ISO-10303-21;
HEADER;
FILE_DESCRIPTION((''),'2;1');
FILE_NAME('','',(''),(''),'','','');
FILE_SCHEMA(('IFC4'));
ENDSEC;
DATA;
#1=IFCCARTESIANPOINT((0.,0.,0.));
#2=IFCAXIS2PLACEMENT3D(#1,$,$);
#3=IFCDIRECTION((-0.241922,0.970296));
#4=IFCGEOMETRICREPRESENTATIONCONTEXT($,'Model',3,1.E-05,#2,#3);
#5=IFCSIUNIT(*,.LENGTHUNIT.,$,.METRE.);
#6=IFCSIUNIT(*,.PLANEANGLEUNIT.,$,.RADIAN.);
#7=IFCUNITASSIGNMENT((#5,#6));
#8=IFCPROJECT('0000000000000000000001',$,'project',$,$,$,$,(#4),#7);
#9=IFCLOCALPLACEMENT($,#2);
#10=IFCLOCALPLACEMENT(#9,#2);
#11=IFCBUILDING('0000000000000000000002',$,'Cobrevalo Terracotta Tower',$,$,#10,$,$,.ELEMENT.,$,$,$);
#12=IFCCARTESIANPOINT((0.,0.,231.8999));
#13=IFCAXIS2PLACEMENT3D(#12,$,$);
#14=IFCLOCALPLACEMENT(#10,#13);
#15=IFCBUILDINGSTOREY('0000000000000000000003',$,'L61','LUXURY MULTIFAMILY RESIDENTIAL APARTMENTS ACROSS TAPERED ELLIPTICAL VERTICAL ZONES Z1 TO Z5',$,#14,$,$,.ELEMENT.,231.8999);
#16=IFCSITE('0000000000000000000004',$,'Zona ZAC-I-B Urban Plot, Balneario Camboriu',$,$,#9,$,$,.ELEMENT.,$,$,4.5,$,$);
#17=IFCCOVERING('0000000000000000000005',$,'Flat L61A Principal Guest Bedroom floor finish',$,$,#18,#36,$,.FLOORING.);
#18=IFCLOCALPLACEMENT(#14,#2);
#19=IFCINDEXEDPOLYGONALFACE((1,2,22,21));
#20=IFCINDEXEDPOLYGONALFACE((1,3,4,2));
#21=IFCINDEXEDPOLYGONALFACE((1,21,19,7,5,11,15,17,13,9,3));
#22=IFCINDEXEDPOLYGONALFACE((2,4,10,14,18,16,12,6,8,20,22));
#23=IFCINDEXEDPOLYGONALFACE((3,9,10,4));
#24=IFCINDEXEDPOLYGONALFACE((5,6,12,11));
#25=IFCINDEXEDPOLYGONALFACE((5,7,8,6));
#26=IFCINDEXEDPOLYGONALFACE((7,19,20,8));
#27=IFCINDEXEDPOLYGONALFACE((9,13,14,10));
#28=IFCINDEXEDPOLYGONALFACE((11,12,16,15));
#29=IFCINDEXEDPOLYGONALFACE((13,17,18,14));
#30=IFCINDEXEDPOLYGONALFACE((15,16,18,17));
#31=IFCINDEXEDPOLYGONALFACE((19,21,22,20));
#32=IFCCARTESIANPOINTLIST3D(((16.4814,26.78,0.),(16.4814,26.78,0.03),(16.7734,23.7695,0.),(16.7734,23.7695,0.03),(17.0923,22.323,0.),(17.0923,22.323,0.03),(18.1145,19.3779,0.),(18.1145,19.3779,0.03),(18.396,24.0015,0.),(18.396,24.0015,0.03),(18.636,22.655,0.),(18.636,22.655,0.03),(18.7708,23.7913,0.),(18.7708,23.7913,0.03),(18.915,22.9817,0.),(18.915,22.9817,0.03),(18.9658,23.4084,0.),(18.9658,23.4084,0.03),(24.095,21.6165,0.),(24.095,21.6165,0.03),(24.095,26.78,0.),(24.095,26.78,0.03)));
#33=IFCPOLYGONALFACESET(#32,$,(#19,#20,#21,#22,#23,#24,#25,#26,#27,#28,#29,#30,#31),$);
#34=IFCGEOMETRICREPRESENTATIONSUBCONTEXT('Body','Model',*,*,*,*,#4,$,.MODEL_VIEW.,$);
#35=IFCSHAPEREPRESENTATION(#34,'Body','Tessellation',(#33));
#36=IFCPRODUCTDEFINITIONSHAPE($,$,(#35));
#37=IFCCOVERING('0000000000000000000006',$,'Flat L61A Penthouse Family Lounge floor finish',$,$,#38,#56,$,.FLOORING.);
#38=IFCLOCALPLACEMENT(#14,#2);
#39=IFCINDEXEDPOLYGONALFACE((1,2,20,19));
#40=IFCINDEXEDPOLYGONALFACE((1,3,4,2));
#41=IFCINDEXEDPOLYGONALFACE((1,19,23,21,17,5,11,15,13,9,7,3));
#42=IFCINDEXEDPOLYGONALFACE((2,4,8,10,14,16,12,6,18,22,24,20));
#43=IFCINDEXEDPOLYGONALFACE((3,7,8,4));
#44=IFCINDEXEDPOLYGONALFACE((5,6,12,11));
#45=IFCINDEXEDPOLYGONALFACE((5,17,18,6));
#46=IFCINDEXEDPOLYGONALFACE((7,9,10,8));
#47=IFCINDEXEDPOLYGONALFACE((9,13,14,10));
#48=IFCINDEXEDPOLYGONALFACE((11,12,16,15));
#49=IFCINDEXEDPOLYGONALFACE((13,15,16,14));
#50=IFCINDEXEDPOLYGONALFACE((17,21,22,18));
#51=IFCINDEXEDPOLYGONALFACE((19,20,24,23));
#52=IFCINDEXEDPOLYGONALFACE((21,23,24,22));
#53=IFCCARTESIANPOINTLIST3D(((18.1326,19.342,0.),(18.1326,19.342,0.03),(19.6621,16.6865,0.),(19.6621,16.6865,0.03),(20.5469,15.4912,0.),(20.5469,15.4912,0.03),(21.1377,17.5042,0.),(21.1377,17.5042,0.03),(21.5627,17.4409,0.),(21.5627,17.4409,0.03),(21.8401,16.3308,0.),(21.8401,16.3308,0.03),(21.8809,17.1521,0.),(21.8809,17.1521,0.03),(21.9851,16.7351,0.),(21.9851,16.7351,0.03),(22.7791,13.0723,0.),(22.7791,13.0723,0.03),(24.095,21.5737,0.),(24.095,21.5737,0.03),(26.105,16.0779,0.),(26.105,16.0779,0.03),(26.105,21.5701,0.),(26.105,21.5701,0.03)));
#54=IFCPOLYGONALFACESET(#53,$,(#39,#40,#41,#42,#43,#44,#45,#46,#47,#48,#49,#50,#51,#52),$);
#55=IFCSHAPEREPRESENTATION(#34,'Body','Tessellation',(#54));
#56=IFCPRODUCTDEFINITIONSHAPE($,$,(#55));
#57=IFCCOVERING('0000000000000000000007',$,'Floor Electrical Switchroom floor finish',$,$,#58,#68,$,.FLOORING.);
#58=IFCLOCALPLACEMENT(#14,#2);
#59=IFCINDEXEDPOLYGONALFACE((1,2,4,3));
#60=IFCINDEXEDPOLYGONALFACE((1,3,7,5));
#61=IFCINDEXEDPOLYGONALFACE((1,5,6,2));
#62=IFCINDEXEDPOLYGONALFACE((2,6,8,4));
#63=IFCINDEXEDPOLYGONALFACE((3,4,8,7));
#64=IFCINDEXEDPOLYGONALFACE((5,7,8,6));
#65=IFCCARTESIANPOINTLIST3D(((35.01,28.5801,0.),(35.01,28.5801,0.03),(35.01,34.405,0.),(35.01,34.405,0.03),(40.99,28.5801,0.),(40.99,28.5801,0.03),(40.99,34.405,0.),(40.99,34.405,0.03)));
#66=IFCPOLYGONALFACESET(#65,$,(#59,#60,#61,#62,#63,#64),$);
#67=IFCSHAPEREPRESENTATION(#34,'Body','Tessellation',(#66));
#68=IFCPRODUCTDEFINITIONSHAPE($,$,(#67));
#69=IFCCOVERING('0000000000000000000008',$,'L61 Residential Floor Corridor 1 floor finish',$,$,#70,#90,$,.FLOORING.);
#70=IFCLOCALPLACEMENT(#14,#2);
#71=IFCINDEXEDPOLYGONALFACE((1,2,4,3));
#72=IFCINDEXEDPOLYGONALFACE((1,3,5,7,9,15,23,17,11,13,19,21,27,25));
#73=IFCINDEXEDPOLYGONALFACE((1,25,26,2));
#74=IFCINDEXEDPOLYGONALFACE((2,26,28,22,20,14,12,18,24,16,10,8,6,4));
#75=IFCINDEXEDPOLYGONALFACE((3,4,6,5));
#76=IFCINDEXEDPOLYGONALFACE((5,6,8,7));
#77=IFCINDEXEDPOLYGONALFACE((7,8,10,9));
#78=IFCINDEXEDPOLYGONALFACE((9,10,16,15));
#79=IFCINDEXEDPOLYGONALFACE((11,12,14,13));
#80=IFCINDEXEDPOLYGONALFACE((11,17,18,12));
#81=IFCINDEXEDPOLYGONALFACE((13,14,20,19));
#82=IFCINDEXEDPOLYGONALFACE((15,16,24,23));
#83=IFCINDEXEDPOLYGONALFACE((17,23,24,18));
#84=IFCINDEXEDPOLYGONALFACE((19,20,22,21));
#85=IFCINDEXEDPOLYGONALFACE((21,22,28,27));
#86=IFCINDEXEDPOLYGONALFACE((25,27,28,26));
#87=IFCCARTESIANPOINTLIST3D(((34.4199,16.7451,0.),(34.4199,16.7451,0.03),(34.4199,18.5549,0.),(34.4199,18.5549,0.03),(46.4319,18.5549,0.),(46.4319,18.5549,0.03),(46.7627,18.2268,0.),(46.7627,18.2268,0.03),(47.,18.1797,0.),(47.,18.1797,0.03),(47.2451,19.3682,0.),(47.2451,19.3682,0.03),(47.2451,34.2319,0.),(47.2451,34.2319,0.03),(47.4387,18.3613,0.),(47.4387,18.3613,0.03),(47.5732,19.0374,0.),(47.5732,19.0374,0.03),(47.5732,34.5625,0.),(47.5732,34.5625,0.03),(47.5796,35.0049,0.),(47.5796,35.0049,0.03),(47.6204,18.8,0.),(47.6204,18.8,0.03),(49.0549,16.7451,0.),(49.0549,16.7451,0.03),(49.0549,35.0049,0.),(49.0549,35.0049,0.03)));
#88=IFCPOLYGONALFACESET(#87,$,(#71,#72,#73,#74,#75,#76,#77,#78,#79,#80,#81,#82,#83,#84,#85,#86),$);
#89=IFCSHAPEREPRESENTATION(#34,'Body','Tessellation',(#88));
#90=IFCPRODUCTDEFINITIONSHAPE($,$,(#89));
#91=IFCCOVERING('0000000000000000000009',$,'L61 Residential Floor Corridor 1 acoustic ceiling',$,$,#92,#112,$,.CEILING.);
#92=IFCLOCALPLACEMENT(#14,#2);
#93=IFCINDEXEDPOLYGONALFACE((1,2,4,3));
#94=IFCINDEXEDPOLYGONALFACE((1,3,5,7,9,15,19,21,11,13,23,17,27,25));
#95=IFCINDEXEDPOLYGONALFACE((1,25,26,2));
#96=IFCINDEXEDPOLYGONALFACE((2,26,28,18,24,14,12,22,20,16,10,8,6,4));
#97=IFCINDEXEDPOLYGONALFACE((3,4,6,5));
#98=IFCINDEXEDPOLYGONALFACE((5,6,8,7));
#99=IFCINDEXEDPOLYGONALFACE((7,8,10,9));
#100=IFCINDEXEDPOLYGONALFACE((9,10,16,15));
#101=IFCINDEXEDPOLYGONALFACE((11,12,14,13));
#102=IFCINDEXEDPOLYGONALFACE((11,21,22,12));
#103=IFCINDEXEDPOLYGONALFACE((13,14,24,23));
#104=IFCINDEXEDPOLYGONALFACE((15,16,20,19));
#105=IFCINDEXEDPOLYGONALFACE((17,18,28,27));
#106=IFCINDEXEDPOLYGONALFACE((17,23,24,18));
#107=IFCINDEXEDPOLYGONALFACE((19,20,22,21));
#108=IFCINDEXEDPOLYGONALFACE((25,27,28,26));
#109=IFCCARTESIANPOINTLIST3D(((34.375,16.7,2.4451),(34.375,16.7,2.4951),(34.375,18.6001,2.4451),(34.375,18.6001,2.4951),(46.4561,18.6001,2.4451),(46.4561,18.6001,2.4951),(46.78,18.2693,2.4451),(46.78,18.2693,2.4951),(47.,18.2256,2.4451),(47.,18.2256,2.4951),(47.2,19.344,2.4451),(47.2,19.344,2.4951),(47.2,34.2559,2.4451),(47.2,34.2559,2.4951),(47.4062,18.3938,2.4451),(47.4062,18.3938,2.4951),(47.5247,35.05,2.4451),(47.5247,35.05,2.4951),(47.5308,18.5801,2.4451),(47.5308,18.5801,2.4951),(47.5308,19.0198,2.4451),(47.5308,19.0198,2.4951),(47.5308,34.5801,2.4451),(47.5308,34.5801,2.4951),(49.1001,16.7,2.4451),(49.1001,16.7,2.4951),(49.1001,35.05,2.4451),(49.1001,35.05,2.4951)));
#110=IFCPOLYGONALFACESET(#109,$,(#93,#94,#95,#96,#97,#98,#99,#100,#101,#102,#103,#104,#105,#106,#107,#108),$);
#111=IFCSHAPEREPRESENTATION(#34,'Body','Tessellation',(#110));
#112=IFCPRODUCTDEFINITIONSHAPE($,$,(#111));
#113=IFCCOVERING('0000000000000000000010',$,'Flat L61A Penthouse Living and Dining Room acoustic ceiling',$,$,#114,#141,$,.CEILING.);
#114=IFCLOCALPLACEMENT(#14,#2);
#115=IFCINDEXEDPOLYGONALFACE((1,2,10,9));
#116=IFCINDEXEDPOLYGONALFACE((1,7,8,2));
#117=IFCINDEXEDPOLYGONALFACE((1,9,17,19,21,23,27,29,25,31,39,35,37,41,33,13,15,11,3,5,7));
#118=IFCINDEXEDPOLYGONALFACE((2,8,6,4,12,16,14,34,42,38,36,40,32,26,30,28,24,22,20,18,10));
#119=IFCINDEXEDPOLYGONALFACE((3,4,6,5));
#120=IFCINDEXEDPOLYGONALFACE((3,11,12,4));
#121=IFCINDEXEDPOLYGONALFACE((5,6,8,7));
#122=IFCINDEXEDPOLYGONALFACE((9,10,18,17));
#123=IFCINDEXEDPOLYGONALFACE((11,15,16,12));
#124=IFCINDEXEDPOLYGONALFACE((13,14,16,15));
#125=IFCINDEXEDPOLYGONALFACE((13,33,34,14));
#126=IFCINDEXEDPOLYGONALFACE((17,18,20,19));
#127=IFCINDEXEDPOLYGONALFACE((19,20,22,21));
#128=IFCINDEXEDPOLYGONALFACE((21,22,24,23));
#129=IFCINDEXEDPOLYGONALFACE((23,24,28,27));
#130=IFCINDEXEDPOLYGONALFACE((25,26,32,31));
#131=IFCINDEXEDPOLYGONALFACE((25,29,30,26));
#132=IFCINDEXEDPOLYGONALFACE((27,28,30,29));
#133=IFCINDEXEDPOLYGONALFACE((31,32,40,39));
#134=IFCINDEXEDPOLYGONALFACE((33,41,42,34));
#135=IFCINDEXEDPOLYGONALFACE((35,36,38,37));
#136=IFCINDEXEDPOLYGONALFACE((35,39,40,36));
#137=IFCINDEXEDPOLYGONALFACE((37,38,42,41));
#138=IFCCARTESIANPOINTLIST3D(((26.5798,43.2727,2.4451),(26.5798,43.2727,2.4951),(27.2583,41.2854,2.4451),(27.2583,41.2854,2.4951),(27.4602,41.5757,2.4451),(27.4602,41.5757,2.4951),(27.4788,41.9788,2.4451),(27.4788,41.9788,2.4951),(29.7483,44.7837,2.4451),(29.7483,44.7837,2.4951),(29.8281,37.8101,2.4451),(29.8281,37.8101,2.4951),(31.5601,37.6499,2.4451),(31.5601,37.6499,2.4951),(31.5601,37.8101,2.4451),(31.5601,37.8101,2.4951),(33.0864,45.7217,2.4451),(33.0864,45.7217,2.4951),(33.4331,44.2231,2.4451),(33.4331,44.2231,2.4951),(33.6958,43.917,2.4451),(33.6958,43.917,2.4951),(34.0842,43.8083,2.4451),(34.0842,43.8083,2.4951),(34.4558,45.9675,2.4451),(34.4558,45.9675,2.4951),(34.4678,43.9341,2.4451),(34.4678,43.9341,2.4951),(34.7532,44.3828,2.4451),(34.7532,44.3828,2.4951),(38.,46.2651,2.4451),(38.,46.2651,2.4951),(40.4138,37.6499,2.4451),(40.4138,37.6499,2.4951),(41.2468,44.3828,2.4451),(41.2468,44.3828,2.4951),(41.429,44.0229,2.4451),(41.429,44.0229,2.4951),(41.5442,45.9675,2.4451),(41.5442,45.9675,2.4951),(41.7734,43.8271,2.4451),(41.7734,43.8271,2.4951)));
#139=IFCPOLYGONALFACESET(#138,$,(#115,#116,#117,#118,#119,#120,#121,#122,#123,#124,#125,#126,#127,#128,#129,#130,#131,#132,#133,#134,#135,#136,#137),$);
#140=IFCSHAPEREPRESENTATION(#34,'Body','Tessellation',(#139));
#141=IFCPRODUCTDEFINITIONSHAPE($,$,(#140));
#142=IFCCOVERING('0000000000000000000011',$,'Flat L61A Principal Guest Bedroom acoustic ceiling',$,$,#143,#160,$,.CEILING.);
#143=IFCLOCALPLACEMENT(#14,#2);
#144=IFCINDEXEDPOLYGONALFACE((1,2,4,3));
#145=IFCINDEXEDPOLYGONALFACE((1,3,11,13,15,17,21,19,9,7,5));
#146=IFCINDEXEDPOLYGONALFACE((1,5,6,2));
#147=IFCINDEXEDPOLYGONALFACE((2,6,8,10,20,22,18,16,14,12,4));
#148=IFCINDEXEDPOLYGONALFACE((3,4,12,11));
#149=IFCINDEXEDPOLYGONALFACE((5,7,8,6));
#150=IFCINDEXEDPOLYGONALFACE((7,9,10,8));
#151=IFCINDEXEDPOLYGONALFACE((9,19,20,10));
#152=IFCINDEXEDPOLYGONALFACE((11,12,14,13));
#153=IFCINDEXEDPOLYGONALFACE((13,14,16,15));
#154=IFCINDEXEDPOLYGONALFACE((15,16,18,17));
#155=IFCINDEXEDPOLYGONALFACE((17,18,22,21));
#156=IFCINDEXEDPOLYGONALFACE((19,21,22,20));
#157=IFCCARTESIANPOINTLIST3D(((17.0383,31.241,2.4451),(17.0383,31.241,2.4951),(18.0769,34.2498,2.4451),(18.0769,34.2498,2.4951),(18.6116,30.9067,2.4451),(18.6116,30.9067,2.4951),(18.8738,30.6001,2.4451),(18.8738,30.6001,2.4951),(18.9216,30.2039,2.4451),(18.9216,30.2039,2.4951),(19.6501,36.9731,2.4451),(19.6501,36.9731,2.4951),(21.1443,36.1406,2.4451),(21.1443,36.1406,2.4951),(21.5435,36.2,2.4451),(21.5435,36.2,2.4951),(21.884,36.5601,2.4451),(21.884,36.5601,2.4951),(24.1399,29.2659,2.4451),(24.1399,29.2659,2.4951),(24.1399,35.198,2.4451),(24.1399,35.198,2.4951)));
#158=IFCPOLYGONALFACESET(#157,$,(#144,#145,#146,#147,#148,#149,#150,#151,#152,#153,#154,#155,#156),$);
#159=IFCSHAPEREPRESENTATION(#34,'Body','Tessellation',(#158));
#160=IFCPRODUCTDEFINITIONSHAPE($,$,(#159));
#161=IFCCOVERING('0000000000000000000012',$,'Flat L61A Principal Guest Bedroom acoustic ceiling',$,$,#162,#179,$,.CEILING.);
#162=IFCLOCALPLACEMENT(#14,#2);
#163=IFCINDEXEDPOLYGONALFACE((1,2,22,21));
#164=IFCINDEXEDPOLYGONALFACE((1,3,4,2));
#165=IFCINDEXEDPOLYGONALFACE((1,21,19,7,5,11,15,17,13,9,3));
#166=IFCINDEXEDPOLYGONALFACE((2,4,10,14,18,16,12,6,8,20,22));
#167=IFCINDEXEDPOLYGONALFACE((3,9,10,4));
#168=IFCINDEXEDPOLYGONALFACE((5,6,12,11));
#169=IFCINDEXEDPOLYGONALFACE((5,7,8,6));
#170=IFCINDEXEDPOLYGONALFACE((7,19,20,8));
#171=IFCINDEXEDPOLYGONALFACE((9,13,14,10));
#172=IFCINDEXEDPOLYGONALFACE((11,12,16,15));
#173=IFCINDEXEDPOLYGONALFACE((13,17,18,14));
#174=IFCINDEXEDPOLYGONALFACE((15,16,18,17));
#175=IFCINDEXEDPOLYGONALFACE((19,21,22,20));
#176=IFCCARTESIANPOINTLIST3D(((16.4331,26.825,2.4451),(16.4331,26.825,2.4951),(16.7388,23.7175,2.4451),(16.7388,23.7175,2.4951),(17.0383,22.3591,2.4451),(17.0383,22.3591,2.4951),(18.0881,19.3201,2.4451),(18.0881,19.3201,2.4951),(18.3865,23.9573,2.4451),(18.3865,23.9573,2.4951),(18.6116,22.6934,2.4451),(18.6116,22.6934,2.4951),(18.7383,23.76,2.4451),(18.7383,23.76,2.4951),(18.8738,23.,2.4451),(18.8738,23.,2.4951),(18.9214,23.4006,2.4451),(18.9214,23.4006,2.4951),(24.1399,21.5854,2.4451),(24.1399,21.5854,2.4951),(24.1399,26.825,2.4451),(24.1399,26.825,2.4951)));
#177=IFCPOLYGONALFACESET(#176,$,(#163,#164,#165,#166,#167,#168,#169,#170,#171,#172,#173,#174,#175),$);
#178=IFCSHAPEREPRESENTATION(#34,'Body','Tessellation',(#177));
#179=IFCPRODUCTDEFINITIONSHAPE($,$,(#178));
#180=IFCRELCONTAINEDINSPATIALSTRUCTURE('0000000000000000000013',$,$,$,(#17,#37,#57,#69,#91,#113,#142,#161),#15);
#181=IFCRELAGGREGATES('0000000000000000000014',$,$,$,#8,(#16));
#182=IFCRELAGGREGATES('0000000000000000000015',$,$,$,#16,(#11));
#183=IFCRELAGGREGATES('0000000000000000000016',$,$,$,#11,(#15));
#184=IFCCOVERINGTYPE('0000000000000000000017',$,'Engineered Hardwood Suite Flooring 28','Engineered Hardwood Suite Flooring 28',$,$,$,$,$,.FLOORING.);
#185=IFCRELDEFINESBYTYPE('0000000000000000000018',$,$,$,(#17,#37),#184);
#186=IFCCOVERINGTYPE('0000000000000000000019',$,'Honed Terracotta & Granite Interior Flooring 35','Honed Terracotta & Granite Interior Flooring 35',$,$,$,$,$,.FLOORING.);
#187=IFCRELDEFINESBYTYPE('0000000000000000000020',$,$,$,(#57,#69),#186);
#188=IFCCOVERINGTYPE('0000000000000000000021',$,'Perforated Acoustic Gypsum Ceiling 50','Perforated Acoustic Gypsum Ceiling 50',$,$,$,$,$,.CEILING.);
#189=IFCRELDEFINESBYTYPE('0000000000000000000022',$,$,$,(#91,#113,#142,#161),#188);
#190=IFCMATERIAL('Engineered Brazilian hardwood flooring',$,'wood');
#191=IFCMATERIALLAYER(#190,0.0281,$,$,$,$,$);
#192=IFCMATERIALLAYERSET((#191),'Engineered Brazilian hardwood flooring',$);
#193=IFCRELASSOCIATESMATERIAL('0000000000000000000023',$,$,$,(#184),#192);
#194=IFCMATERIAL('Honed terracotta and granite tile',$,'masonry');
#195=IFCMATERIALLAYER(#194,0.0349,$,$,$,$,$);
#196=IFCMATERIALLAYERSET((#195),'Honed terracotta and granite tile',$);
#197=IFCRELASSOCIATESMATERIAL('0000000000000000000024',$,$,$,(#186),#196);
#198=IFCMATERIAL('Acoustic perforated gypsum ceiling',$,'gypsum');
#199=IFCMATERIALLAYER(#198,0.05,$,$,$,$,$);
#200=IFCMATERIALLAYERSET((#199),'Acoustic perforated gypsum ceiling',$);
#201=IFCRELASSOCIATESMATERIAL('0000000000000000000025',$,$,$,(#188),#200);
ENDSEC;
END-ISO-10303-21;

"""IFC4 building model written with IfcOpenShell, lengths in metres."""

from ifc_helpers import new_model, si_unit, direction, frame, origin, place, context, subcontext, project, spatial, polyline, outline, extrude, material, layer, layer_set, type_object, element, save


model = new_model("IFC4")

# Units and contexts
model_context = context("Model", 3, precision=1e-05, world=origin(), true_north=direction((-0.241922, 0.970296)))
body_context = subcontext(model_context, "Body", "Model", "MODEL_VIEW")
ifc_project = project(units=[si_unit("LENGTHUNIT", "METRE"), si_unit("PLANEANGLEUNIT", "RADIAN")], contexts=[model_context])

# Site, building, storey
site_placement = place(None, origin())
site = spatial("IfcSite", under=ifc_project, at=site_placement, Name="Zona ZAC-I-B Urban Plot, Balneario Camboriu", CompositionType="ELEMENT", RefElevation=4.5)
building_placement = place(site_placement, origin())
building = spatial("IfcBuilding", under=site, at=building_placement, Name="Cobrevalo Terracotta Tower", CompositionType="ELEMENT")
storey_placement = place(building_placement, frame((0.0, 0.0, 231.8999)))
storey = spatial("IfcBuildingStorey", under=building, at=storey_placement, Name="L61", Description="LUXURY MULTIFAMILY RESIDENTIAL APARTMENTS ACROSS TAPERED ELLIPTICAL VERTICAL ZONES Z1 TO Z5", CompositionType="ELEMENT", Elevation=231.8999)

# Coverings
ifc_material_1 = material(Name="Engineered Brazilian hardwood flooring", Category="wood")
ifc_layer_1 = layer(ifc_material_1, 0.0281)
ifc_layer_set_1 = layer_set([ifc_layer_1], Name="Engineered Brazilian hardwood flooring")
covering_type_1 = type_object("IfcCoveringType", Name="Engineered Hardwood Suite Flooring 28", Description="Engineered Hardwood Suite Flooring 28", PredefinedType="FLOORING", material=ifc_layer_set_1)
covering_1_placement = place(storey_placement, origin())
element("IfcCovering", 1, at=covering_1_placement, inside=storey, type_object=covering_type_1, Name="Flat L61A Principal Guest Bedroom floor finish", PredefinedType="FLOORING", context=body_context, shape_type="SweptSolid", body=[
    extrude(outline(polyline([(18.1145, 19.3779), (17.0923, 22.323), (18.636, 22.655), (18.915, 22.9817), (18.9658, 23.4084), (18.7708, 23.7913), (18.396, 24.0015), (16.7734, 23.7695), (16.4814, 26.78), (24.095, 26.78), (24.095, 21.6165), (18.1145, 19.3779)])), origin(), (0.0, 0.0, 1.0), 0.03),
])
covering_2_placement = place(storey_placement, origin())
element("IfcCovering", 2, at=covering_2_placement, inside=storey, type_object=covering_type_1, Name="Flat L61A Penthouse Family Lounge floor finish", PredefinedType="FLOORING", context=body_context, shape_type="SweptSolid", body=[
    extrude(outline(polyline([(22.7791, 13.0723), (20.5469, 15.4912), (21.8401, 16.3308), (21.9851, 16.7351), (21.8809, 17.1521), (21.5627, 17.4409), (21.1377, 17.5042), (19.6621, 16.6865), (18.1326, 19.342), (24.095, 21.5737), (26.105, 21.5701), (26.105, 16.0779), (22.7791, 13.0723)])), origin(), (0.0, 0.0, 1.0), 0.03),
])
ifc_material_2 = material(Name="Honed terracotta and granite tile", Category="masonry")
ifc_layer_2 = layer(ifc_material_2, 0.0349)
ifc_layer_set_2 = layer_set([ifc_layer_2], Name="Honed terracotta and granite tile")
covering_type_2 = type_object("IfcCoveringType", Name="Honed Terracotta & Granite Interior Flooring 35", Description="Honed Terracotta & Granite Interior Flooring 35", PredefinedType="FLOORING", material=ifc_layer_set_2)
covering_3_placement = place(storey_placement, origin())
element("IfcCovering", 3, at=covering_3_placement, inside=storey, type_object=covering_type_2, Name="Floor Electrical Switchroom floor finish", PredefinedType="FLOORING", context=body_context, shape_type="SweptSolid", body=[
    extrude(outline(polyline([(35.01, 34.405), (40.99, 34.405), (40.99, 28.5801), (35.01, 28.5801), (35.01, 34.405)])), origin(), (0.0, 0.0, 1.0), 0.03),
])
covering_4_placement = place(storey_placement, origin())
element("IfcCovering", 4, at=covering_4_placement, inside=storey, type_object=covering_type_2, Name="L61 Residential Floor Corridor 1 floor finish", PredefinedType="FLOORING", context=body_context, shape_type="SweptSolid", body=[
    extrude(outline(polyline([(34.4199, 18.5549), (46.4319, 18.5549), (46.7627, 18.2268), (47.0, 18.1797), (47.4387, 18.3613), (47.6204, 18.8), (47.5732, 19.0374), (47.2451, 19.3682), (47.2451, 34.2319), (47.5732, 34.5625), (47.5796, 35.0049), (49.0549, 35.0049), (49.0549, 16.7451), (34.4199, 16.7451), (34.4199, 18.5549)])), origin(), (0.0, 0.0, 1.0), 0.03),
])
ifc_material_3 = material(Name="Acoustic perforated gypsum ceiling", Category="gypsum")
ifc_layer_3 = layer(ifc_material_3, 0.05)
ifc_layer_set_3 = layer_set([ifc_layer_3], Name="Acoustic perforated gypsum ceiling")
covering_type_3 = type_object("IfcCoveringType", Name="Perforated Acoustic Gypsum Ceiling 50", Description="Perforated Acoustic Gypsum Ceiling 50", PredefinedType="CEILING", material=ifc_layer_set_3)
covering_5_placement = place(storey_placement, frame((0.0, 0.0, 2.4451)))
element("IfcCovering", 5, at=covering_5_placement, inside=storey, type_object=covering_type_3, Name="L61 Residential Floor Corridor 1 acoustic ceiling", PredefinedType="CEILING", context=body_context, shape_type="SweptSolid", body=[
    extrude(outline(polyline([(34.375, 18.6001), (46.4561, 18.6001), (46.78, 18.2693), (47.0, 18.2256), (47.4062, 18.3938), (47.5308, 18.5801), (47.5308, 19.0198), (47.2, 19.344), (47.2, 34.2559), (47.5308, 34.5801), (47.5247, 35.05), (49.1001, 35.05), (49.1001, 16.7), (34.375, 16.7), (34.375, 18.6001)])), origin(), (0.0, 0.0, 1.0), 0.05),
])
covering_6_placement = place(storey_placement, frame((0.0, 0.0, 2.4451)))
element("IfcCovering", 6, at=covering_6_placement, inside=storey, type_object=covering_type_3, Name="Flat L61A Penthouse Living and Dining Room acoustic ceiling", PredefinedType="CEILING", context=body_context, shape_type="SweptSolid", body=[
    extrude(outline(polyline([(29.7483, 44.7837), (33.0864, 45.7217), (33.4331, 44.2231), (33.6958, 43.917), (34.0842, 43.8083), (34.4678, 43.9341), (34.7532, 44.3828), (34.4558, 45.9675), (38.0, 46.2651), (41.5442, 45.9675), (41.2468, 44.3828), (41.429, 44.0229), (41.7734, 43.8271), (40.4138, 37.6499), (31.5601, 37.6499), (31.5601, 37.8101), (29.8281, 37.8101), (27.2583, 41.2854), (27.4602, 41.5757), (27.4788, 41.9788), (26.5798, 43.2727), (29.7483, 44.7837)])), origin(), (0.0, 0.0, 1.0), 0.05),
])
covering_7_placement = place(storey_placement, frame((0.0, 0.0, 2.4451)))
element("IfcCovering", 7, at=covering_7_placement, inside=storey, type_object=covering_type_3, Name="Flat L61A Principal Guest Bedroom acoustic ceiling", PredefinedType="CEILING", context=body_context, shape_type="SweptSolid", body=[
    extrude(outline(polyline([(18.0769, 34.2498), (19.6501, 36.9731), (21.1443, 36.1406), (21.5435, 36.2), (21.884, 36.5601), (24.1399, 35.198), (24.1399, 29.2659), (18.9216, 30.2039), (18.8738, 30.6001), (18.6116, 30.9067), (17.0383, 31.241), (18.0769, 34.2498)])), origin(), (0.0, 0.0, 1.0), 0.05),
])
covering_8_placement = place(storey_placement, frame((0.0, 0.0, 2.4451)))
element("IfcCovering", 8, at=covering_8_placement, inside=storey, type_object=covering_type_3, Name="Flat L61A Principal Guest Bedroom acoustic ceiling", PredefinedType="CEILING", context=body_context, shape_type="SweptSolid", body=[
    extrude(outline(polyline([(18.0881, 19.3201), (17.0383, 22.3591), (18.6116, 22.6934), (18.8738, 23.0), (18.9214, 23.4006), (18.7383, 23.76), (18.3865, 23.9573), (16.7388, 23.7175), (16.4331, 26.825), (24.1399, 26.825), (24.1399, 21.5854), (18.0881, 19.3201)])), origin(), (0.0, 0.0, 1.0), 0.05),
])

save(model, "model.ifc")
